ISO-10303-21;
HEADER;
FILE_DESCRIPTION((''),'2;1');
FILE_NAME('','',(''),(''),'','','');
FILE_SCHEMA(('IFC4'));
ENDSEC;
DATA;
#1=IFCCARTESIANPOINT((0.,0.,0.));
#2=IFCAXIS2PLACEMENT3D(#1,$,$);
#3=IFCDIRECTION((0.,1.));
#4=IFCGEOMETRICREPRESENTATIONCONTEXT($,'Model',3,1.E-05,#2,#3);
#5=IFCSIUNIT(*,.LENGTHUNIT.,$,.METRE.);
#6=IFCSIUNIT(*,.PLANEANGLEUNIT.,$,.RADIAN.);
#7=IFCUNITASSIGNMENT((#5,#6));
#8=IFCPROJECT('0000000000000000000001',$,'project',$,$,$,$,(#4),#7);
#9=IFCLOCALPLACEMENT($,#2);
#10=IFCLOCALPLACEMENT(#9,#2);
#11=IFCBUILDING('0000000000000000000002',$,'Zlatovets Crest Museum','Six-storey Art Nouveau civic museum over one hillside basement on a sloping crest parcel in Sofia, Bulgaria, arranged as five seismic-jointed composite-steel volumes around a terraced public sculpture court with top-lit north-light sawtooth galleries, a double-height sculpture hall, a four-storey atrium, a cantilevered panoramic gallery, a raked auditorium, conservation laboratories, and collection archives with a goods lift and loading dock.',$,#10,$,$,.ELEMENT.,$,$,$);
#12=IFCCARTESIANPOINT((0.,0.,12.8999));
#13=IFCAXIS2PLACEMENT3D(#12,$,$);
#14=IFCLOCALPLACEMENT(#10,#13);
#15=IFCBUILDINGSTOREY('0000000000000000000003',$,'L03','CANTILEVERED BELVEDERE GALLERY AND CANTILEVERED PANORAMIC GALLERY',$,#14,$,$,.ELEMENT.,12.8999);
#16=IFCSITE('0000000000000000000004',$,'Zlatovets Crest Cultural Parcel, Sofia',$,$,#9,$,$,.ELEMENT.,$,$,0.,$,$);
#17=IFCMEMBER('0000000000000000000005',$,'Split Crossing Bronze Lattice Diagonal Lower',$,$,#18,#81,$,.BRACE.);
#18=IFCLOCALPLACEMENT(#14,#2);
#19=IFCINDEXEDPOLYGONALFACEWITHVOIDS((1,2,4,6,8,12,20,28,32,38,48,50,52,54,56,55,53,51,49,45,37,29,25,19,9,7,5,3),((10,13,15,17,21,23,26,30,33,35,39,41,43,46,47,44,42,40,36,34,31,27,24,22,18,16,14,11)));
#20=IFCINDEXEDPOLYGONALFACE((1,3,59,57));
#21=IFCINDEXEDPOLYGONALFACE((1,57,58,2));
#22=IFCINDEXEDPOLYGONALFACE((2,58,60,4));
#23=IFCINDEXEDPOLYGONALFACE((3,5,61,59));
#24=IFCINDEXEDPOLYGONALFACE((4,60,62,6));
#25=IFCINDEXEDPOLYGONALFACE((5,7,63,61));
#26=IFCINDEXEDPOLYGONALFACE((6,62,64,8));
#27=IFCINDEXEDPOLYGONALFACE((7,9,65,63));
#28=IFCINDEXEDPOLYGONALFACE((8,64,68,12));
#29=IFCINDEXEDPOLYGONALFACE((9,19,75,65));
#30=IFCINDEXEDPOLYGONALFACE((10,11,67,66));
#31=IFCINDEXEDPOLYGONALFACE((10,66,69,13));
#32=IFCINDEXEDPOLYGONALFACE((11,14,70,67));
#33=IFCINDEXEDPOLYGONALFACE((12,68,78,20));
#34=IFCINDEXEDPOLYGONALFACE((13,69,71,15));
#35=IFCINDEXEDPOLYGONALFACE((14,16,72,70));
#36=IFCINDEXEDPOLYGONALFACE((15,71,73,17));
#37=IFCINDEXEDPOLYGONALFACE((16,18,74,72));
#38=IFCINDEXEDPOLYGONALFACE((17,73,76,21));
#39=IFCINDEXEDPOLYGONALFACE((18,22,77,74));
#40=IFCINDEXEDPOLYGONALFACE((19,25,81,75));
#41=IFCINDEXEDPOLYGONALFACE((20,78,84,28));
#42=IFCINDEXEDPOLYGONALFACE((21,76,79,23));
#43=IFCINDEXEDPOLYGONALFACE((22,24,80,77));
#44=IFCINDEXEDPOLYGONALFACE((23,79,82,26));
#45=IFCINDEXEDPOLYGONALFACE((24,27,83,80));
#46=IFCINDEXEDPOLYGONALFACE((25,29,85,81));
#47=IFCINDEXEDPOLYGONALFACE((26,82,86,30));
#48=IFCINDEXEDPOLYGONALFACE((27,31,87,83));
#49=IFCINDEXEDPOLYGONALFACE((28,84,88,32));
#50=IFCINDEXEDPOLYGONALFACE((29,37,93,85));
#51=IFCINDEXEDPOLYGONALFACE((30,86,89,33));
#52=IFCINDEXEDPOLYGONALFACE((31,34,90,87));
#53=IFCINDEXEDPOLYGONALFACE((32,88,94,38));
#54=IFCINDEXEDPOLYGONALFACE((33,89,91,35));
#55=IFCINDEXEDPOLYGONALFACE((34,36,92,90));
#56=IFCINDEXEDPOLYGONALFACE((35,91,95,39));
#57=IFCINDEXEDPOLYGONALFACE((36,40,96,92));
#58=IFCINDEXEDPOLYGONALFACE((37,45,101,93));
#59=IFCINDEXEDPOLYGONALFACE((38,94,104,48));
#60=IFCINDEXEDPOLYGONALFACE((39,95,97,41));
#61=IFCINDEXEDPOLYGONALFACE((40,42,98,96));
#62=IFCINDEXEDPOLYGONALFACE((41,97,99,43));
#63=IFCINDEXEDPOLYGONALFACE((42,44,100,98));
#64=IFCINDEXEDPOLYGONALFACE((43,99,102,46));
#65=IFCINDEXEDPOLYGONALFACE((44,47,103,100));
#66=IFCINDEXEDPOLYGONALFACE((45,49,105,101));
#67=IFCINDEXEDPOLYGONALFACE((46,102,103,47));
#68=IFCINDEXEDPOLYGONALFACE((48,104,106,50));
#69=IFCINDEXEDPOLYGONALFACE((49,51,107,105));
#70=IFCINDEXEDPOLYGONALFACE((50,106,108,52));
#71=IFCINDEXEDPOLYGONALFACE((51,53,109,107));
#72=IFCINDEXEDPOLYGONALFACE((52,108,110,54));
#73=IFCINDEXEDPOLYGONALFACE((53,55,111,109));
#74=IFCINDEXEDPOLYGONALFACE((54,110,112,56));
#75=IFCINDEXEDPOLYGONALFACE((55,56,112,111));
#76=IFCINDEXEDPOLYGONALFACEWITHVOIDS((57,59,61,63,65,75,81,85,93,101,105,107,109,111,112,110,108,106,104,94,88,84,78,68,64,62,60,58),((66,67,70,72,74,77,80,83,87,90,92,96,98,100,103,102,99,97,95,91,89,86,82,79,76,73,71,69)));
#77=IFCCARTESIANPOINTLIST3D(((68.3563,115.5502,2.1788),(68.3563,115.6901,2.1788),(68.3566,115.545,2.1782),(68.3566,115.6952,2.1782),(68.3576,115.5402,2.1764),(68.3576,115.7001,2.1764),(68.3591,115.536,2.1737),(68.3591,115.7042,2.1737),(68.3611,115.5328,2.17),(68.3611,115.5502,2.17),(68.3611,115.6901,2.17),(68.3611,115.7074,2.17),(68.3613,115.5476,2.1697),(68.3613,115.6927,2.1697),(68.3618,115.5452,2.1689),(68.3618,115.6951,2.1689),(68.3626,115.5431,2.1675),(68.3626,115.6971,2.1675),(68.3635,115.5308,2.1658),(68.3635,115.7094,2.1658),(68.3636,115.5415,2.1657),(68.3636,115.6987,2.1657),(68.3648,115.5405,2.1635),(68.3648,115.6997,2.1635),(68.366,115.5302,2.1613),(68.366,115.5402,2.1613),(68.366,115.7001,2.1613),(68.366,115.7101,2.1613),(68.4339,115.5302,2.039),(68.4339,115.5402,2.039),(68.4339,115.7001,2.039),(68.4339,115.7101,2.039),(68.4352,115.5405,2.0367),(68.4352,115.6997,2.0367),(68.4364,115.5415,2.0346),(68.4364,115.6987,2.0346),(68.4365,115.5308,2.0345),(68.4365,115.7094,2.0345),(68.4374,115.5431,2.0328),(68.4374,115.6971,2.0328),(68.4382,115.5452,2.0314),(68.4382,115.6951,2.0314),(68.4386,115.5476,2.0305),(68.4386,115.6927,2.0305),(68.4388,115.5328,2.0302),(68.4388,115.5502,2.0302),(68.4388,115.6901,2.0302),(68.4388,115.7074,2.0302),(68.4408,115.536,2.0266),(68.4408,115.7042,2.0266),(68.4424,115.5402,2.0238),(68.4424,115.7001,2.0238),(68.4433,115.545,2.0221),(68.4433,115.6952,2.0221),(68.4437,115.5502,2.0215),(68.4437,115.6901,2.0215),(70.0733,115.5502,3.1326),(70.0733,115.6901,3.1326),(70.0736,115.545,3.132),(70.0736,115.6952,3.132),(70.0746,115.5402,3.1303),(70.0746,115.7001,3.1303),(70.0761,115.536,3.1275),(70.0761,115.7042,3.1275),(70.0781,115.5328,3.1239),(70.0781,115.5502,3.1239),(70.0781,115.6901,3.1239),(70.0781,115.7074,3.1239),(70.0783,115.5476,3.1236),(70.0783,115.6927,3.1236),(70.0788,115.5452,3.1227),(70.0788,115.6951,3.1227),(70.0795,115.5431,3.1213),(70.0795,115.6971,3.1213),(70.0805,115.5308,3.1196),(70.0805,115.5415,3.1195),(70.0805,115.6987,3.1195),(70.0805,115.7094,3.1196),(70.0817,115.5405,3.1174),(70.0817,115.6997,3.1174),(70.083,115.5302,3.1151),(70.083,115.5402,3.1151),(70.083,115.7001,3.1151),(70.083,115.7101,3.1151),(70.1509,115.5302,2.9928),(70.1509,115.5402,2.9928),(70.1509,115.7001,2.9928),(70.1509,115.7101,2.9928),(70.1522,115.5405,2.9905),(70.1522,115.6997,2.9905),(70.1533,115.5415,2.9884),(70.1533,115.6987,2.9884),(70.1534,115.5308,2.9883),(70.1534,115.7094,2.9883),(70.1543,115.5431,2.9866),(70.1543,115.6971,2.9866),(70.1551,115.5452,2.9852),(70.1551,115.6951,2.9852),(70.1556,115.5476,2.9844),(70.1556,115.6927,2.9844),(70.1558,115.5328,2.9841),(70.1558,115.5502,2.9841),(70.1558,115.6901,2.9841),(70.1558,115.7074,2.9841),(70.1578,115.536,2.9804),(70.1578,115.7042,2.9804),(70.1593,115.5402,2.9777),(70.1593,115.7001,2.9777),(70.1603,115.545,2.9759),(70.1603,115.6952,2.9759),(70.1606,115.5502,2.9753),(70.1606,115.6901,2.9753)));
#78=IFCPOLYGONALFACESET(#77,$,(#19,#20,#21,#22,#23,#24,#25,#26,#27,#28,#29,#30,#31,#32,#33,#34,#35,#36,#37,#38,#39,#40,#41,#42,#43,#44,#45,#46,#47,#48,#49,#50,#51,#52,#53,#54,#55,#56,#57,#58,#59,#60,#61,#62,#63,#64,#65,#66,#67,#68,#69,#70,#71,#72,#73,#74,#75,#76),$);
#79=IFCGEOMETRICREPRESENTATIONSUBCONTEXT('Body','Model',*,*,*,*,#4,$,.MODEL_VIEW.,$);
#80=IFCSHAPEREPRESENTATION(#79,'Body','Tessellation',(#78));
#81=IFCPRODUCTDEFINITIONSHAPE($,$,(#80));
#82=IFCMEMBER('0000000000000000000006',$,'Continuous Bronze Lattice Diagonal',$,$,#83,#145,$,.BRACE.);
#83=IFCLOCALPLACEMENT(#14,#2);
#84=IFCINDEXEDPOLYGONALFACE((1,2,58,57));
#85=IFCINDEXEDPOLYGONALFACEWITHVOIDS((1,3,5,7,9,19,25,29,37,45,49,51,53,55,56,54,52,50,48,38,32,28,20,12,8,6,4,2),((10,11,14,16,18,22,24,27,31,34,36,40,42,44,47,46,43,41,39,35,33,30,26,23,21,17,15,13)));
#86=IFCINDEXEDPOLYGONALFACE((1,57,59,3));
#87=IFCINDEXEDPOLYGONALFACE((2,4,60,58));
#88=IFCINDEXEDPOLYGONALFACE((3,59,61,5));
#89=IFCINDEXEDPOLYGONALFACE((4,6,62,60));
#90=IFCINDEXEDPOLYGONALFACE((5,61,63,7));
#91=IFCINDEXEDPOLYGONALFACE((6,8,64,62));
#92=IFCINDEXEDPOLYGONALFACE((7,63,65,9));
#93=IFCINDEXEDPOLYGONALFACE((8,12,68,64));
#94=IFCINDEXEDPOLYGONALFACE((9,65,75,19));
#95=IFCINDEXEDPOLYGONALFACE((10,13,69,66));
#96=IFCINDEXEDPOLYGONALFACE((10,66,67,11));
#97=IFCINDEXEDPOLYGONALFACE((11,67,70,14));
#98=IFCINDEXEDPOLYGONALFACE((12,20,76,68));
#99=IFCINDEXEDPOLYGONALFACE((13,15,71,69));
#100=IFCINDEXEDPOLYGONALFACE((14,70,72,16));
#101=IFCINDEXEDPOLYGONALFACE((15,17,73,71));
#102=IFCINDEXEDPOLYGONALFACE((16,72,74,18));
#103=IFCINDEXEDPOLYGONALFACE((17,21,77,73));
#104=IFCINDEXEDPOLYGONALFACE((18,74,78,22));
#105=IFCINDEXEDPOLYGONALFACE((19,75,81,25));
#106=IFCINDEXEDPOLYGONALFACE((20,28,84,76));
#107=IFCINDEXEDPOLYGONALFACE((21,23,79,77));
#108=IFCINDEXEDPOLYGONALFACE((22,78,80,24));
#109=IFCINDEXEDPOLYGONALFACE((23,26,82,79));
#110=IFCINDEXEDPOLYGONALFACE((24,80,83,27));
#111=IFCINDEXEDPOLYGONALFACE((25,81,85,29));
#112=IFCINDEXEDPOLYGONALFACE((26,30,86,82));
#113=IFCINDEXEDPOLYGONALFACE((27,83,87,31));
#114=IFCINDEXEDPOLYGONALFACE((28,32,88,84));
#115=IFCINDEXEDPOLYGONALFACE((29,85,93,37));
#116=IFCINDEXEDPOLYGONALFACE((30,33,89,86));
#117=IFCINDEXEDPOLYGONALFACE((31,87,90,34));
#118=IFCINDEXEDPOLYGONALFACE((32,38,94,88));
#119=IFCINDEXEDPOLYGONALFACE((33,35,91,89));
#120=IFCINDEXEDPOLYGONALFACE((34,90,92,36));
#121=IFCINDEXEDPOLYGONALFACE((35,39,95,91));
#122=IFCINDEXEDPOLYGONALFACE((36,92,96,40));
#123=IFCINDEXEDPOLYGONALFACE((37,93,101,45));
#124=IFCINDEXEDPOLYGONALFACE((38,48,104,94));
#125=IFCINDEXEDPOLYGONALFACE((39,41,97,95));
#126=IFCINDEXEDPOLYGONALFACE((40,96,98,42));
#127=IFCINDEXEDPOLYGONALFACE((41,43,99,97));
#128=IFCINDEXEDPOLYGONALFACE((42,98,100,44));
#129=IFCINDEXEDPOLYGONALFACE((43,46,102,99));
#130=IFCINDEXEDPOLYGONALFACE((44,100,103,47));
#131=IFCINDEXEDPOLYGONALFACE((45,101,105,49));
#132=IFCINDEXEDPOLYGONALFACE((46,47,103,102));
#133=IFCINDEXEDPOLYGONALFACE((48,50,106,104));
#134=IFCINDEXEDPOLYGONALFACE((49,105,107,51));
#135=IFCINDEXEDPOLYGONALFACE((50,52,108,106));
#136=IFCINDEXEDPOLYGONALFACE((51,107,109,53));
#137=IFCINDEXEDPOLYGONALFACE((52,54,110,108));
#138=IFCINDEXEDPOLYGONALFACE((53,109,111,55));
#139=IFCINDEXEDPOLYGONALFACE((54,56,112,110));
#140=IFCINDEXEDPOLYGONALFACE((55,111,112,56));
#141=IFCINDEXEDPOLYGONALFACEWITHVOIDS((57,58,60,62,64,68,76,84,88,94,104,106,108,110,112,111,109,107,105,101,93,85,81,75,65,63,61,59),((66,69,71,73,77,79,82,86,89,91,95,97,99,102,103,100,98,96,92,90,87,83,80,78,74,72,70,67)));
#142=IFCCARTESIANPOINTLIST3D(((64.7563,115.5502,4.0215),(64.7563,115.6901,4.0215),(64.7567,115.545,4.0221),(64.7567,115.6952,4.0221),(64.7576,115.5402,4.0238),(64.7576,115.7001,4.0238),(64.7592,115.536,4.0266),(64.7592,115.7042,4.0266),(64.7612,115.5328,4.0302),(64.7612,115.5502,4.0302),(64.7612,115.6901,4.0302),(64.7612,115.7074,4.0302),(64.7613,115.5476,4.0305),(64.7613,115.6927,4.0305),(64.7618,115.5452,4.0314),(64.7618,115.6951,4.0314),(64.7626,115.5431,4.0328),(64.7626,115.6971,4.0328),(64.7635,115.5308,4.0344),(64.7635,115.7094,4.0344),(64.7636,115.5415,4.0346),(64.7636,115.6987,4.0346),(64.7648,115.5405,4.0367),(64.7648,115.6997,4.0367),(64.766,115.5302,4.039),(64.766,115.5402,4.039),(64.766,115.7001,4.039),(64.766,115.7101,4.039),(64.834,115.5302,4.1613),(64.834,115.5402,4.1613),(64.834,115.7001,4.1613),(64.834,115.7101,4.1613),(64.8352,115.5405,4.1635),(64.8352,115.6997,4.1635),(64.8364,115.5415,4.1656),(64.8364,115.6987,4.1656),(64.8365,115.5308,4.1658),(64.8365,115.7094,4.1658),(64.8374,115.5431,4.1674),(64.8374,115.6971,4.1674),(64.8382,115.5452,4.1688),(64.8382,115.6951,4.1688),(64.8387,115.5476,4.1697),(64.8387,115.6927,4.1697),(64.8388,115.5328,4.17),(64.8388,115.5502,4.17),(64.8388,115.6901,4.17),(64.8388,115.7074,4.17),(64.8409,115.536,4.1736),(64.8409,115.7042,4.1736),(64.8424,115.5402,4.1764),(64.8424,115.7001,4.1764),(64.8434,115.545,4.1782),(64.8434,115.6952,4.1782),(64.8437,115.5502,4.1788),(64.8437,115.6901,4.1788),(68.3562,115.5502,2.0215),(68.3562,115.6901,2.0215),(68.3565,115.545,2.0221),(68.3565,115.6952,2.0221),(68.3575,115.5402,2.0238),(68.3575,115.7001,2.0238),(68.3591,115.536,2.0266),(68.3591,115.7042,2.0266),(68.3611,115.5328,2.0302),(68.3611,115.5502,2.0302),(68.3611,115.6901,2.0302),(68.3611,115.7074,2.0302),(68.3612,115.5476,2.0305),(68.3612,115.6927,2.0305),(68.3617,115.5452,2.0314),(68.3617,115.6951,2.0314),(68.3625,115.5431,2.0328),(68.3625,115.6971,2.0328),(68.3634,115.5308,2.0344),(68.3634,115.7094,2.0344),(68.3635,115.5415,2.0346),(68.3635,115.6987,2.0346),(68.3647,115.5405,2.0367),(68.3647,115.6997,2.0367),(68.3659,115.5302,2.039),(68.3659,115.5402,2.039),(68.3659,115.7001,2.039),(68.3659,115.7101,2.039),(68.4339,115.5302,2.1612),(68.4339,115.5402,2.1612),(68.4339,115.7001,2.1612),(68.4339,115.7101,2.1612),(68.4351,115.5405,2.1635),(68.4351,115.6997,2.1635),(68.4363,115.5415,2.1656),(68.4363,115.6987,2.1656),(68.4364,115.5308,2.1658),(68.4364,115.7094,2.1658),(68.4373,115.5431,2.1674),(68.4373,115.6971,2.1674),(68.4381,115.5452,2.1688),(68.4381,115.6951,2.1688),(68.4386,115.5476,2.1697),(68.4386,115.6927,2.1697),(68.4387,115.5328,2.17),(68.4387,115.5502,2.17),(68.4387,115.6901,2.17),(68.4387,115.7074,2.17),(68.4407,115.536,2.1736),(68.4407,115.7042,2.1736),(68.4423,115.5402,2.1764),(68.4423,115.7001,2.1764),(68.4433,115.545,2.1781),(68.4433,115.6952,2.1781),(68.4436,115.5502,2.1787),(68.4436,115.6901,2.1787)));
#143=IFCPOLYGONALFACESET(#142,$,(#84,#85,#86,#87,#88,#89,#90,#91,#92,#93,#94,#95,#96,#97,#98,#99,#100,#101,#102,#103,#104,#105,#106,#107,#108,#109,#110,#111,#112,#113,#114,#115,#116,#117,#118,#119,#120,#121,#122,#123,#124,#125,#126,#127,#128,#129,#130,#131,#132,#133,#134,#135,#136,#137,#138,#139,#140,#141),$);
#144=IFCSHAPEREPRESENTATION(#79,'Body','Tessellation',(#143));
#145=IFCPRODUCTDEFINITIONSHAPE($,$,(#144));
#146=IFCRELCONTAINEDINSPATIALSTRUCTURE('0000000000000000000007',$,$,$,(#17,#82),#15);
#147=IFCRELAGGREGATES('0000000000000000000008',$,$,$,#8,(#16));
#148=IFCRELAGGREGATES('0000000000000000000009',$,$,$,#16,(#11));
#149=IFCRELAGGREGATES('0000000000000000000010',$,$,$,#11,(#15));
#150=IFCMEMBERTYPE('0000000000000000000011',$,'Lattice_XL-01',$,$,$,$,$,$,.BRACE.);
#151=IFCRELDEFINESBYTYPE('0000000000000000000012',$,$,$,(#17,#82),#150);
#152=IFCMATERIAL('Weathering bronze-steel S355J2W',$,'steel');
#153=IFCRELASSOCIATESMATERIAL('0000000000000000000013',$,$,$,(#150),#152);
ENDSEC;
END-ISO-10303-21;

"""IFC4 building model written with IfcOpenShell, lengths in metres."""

from ifc_helpers import new_model, si_unit, direction, frame, origin, origin_2d, place, context, subcontext, project, spatial, hollow_rectangle, extrude, material, material_profile, profile_set, type_object, element, save


model = new_model("IFC4")

# Units and contexts
model_context = context("Model", 3, precision=1e-05, world=origin(), true_north=direction((0.0, 1.0)))
body_context = subcontext(model_context, "Body", "Model", "MODEL_VIEW")
ifc_project = project(units=[si_unit("LENGTHUNIT", "METRE"), si_unit("PLANEANGLEUNIT", "RADIAN")], contexts=[model_context])

# Site, building, storey
site_placement = place(None, origin())
site = spatial("IfcSite", under=ifc_project, at=site_placement, Name="Zlatovets Crest Cultural Parcel, Sofia", CompositionType="ELEMENT", RefElevation=0.0)
building_placement = place(site_placement, origin())
building = spatial("IfcBuilding", under=site, at=building_placement, Name="Zlatovets Crest Museum", Description="Six-storey Art Nouveau civic museum over one hillside basement on a sloping crest parcel in Sofia, Bulgaria, arranged as five seismic-jointed composite-steel volumes around a terraced public sculpture court with top-lit north-light sawtooth galleries, a double-height sculpture hall, a four-storey atrium, a cantilevered panoramic gallery, a raked auditorium, conservation laboratories, and collection archives with a goods lift and loading dock.", CompositionType="ELEMENT")
storey_placement = place(building_placement, frame((0.0, 0.0, 12.8999)))
storey = spatial("IfcBuildingStorey", under=building, at=storey_placement, Name="L03", Description="CANTILEVERED BELVEDERE GALLERY AND CANTILEVERED PANORAMIC GALLERY", CompositionType="ELEMENT", Elevation=12.8999)

# Members
ifc_material_1 = material(Name="Weathering bronze-steel S355J2W", Category="steel")
ifc_material_profile_1 = material_profile(ifc_material_1, hollow_rectangle(XDim=0.1799, YDim=0.1799, WallThickness=0.01, InnerFilletRadius=0.01, OuterFilletRadius=0.02, at=origin_2d()), Name="SHS 180x180x10.0")
ifc_profile_set_1 = profile_set([ifc_material_profile_1], Name="Weathering bronze-steel S355J2W")
member_type_1 = type_object("IfcMemberType", Name="Lattice_XL-01", PredefinedType="BRACE", material=ifc_profile_set_1)
for number, where, z_axis, x_axis, name in (
    (1, (70.1169, 115.6201, 3.054), (-0.874169, 0.0, -0.485622), (0.0, -1.0, 0.0), "Split Crossing Bronze Lattice Diagonal Lower"),
):
    element("IfcMember", number, at=place(storey_placement, frame(where, z_axis=z_axis, x_axis=x_axis)), inside=storey, type_object=member_type_1, Name=name, PredefinedType="BRACE", context=body_context, shape_type="SweptSolid", body=[
        extrude(hollow_rectangle(XDim=0.1799, YDim=0.1799, WallThickness=0.01, InnerFilletRadius=0.01, OuterFilletRadius=0.02, at=origin_2d()), origin(), (0.0, 0.0, 1.0), 1.9641),
    ])
member_1_placement = place(storey_placement, frame((68.3999, 115.6201, 2.1001), z_axis=(-0.874149, 0.0, 0.485658), x_axis=(0.0, -1.0, 0.0)))
element("IfcMember", 2, at=member_1_placement, inside=storey, type_object=member_type_1, Name="Continuous Bronze Lattice Diagonal", PredefinedType="BRACE", context=body_context, shape_type="SweptSolid", body=[
    extrude(hollow_rectangle(XDim=0.1799, YDim=0.1799, WallThickness=0.01, InnerFilletRadius=0.01, OuterFilletRadius=0.02, at=origin_2d()), origin(), (0.0, 0.0, 1.0), 4.1182),
])

save(model, "model.ifc")
